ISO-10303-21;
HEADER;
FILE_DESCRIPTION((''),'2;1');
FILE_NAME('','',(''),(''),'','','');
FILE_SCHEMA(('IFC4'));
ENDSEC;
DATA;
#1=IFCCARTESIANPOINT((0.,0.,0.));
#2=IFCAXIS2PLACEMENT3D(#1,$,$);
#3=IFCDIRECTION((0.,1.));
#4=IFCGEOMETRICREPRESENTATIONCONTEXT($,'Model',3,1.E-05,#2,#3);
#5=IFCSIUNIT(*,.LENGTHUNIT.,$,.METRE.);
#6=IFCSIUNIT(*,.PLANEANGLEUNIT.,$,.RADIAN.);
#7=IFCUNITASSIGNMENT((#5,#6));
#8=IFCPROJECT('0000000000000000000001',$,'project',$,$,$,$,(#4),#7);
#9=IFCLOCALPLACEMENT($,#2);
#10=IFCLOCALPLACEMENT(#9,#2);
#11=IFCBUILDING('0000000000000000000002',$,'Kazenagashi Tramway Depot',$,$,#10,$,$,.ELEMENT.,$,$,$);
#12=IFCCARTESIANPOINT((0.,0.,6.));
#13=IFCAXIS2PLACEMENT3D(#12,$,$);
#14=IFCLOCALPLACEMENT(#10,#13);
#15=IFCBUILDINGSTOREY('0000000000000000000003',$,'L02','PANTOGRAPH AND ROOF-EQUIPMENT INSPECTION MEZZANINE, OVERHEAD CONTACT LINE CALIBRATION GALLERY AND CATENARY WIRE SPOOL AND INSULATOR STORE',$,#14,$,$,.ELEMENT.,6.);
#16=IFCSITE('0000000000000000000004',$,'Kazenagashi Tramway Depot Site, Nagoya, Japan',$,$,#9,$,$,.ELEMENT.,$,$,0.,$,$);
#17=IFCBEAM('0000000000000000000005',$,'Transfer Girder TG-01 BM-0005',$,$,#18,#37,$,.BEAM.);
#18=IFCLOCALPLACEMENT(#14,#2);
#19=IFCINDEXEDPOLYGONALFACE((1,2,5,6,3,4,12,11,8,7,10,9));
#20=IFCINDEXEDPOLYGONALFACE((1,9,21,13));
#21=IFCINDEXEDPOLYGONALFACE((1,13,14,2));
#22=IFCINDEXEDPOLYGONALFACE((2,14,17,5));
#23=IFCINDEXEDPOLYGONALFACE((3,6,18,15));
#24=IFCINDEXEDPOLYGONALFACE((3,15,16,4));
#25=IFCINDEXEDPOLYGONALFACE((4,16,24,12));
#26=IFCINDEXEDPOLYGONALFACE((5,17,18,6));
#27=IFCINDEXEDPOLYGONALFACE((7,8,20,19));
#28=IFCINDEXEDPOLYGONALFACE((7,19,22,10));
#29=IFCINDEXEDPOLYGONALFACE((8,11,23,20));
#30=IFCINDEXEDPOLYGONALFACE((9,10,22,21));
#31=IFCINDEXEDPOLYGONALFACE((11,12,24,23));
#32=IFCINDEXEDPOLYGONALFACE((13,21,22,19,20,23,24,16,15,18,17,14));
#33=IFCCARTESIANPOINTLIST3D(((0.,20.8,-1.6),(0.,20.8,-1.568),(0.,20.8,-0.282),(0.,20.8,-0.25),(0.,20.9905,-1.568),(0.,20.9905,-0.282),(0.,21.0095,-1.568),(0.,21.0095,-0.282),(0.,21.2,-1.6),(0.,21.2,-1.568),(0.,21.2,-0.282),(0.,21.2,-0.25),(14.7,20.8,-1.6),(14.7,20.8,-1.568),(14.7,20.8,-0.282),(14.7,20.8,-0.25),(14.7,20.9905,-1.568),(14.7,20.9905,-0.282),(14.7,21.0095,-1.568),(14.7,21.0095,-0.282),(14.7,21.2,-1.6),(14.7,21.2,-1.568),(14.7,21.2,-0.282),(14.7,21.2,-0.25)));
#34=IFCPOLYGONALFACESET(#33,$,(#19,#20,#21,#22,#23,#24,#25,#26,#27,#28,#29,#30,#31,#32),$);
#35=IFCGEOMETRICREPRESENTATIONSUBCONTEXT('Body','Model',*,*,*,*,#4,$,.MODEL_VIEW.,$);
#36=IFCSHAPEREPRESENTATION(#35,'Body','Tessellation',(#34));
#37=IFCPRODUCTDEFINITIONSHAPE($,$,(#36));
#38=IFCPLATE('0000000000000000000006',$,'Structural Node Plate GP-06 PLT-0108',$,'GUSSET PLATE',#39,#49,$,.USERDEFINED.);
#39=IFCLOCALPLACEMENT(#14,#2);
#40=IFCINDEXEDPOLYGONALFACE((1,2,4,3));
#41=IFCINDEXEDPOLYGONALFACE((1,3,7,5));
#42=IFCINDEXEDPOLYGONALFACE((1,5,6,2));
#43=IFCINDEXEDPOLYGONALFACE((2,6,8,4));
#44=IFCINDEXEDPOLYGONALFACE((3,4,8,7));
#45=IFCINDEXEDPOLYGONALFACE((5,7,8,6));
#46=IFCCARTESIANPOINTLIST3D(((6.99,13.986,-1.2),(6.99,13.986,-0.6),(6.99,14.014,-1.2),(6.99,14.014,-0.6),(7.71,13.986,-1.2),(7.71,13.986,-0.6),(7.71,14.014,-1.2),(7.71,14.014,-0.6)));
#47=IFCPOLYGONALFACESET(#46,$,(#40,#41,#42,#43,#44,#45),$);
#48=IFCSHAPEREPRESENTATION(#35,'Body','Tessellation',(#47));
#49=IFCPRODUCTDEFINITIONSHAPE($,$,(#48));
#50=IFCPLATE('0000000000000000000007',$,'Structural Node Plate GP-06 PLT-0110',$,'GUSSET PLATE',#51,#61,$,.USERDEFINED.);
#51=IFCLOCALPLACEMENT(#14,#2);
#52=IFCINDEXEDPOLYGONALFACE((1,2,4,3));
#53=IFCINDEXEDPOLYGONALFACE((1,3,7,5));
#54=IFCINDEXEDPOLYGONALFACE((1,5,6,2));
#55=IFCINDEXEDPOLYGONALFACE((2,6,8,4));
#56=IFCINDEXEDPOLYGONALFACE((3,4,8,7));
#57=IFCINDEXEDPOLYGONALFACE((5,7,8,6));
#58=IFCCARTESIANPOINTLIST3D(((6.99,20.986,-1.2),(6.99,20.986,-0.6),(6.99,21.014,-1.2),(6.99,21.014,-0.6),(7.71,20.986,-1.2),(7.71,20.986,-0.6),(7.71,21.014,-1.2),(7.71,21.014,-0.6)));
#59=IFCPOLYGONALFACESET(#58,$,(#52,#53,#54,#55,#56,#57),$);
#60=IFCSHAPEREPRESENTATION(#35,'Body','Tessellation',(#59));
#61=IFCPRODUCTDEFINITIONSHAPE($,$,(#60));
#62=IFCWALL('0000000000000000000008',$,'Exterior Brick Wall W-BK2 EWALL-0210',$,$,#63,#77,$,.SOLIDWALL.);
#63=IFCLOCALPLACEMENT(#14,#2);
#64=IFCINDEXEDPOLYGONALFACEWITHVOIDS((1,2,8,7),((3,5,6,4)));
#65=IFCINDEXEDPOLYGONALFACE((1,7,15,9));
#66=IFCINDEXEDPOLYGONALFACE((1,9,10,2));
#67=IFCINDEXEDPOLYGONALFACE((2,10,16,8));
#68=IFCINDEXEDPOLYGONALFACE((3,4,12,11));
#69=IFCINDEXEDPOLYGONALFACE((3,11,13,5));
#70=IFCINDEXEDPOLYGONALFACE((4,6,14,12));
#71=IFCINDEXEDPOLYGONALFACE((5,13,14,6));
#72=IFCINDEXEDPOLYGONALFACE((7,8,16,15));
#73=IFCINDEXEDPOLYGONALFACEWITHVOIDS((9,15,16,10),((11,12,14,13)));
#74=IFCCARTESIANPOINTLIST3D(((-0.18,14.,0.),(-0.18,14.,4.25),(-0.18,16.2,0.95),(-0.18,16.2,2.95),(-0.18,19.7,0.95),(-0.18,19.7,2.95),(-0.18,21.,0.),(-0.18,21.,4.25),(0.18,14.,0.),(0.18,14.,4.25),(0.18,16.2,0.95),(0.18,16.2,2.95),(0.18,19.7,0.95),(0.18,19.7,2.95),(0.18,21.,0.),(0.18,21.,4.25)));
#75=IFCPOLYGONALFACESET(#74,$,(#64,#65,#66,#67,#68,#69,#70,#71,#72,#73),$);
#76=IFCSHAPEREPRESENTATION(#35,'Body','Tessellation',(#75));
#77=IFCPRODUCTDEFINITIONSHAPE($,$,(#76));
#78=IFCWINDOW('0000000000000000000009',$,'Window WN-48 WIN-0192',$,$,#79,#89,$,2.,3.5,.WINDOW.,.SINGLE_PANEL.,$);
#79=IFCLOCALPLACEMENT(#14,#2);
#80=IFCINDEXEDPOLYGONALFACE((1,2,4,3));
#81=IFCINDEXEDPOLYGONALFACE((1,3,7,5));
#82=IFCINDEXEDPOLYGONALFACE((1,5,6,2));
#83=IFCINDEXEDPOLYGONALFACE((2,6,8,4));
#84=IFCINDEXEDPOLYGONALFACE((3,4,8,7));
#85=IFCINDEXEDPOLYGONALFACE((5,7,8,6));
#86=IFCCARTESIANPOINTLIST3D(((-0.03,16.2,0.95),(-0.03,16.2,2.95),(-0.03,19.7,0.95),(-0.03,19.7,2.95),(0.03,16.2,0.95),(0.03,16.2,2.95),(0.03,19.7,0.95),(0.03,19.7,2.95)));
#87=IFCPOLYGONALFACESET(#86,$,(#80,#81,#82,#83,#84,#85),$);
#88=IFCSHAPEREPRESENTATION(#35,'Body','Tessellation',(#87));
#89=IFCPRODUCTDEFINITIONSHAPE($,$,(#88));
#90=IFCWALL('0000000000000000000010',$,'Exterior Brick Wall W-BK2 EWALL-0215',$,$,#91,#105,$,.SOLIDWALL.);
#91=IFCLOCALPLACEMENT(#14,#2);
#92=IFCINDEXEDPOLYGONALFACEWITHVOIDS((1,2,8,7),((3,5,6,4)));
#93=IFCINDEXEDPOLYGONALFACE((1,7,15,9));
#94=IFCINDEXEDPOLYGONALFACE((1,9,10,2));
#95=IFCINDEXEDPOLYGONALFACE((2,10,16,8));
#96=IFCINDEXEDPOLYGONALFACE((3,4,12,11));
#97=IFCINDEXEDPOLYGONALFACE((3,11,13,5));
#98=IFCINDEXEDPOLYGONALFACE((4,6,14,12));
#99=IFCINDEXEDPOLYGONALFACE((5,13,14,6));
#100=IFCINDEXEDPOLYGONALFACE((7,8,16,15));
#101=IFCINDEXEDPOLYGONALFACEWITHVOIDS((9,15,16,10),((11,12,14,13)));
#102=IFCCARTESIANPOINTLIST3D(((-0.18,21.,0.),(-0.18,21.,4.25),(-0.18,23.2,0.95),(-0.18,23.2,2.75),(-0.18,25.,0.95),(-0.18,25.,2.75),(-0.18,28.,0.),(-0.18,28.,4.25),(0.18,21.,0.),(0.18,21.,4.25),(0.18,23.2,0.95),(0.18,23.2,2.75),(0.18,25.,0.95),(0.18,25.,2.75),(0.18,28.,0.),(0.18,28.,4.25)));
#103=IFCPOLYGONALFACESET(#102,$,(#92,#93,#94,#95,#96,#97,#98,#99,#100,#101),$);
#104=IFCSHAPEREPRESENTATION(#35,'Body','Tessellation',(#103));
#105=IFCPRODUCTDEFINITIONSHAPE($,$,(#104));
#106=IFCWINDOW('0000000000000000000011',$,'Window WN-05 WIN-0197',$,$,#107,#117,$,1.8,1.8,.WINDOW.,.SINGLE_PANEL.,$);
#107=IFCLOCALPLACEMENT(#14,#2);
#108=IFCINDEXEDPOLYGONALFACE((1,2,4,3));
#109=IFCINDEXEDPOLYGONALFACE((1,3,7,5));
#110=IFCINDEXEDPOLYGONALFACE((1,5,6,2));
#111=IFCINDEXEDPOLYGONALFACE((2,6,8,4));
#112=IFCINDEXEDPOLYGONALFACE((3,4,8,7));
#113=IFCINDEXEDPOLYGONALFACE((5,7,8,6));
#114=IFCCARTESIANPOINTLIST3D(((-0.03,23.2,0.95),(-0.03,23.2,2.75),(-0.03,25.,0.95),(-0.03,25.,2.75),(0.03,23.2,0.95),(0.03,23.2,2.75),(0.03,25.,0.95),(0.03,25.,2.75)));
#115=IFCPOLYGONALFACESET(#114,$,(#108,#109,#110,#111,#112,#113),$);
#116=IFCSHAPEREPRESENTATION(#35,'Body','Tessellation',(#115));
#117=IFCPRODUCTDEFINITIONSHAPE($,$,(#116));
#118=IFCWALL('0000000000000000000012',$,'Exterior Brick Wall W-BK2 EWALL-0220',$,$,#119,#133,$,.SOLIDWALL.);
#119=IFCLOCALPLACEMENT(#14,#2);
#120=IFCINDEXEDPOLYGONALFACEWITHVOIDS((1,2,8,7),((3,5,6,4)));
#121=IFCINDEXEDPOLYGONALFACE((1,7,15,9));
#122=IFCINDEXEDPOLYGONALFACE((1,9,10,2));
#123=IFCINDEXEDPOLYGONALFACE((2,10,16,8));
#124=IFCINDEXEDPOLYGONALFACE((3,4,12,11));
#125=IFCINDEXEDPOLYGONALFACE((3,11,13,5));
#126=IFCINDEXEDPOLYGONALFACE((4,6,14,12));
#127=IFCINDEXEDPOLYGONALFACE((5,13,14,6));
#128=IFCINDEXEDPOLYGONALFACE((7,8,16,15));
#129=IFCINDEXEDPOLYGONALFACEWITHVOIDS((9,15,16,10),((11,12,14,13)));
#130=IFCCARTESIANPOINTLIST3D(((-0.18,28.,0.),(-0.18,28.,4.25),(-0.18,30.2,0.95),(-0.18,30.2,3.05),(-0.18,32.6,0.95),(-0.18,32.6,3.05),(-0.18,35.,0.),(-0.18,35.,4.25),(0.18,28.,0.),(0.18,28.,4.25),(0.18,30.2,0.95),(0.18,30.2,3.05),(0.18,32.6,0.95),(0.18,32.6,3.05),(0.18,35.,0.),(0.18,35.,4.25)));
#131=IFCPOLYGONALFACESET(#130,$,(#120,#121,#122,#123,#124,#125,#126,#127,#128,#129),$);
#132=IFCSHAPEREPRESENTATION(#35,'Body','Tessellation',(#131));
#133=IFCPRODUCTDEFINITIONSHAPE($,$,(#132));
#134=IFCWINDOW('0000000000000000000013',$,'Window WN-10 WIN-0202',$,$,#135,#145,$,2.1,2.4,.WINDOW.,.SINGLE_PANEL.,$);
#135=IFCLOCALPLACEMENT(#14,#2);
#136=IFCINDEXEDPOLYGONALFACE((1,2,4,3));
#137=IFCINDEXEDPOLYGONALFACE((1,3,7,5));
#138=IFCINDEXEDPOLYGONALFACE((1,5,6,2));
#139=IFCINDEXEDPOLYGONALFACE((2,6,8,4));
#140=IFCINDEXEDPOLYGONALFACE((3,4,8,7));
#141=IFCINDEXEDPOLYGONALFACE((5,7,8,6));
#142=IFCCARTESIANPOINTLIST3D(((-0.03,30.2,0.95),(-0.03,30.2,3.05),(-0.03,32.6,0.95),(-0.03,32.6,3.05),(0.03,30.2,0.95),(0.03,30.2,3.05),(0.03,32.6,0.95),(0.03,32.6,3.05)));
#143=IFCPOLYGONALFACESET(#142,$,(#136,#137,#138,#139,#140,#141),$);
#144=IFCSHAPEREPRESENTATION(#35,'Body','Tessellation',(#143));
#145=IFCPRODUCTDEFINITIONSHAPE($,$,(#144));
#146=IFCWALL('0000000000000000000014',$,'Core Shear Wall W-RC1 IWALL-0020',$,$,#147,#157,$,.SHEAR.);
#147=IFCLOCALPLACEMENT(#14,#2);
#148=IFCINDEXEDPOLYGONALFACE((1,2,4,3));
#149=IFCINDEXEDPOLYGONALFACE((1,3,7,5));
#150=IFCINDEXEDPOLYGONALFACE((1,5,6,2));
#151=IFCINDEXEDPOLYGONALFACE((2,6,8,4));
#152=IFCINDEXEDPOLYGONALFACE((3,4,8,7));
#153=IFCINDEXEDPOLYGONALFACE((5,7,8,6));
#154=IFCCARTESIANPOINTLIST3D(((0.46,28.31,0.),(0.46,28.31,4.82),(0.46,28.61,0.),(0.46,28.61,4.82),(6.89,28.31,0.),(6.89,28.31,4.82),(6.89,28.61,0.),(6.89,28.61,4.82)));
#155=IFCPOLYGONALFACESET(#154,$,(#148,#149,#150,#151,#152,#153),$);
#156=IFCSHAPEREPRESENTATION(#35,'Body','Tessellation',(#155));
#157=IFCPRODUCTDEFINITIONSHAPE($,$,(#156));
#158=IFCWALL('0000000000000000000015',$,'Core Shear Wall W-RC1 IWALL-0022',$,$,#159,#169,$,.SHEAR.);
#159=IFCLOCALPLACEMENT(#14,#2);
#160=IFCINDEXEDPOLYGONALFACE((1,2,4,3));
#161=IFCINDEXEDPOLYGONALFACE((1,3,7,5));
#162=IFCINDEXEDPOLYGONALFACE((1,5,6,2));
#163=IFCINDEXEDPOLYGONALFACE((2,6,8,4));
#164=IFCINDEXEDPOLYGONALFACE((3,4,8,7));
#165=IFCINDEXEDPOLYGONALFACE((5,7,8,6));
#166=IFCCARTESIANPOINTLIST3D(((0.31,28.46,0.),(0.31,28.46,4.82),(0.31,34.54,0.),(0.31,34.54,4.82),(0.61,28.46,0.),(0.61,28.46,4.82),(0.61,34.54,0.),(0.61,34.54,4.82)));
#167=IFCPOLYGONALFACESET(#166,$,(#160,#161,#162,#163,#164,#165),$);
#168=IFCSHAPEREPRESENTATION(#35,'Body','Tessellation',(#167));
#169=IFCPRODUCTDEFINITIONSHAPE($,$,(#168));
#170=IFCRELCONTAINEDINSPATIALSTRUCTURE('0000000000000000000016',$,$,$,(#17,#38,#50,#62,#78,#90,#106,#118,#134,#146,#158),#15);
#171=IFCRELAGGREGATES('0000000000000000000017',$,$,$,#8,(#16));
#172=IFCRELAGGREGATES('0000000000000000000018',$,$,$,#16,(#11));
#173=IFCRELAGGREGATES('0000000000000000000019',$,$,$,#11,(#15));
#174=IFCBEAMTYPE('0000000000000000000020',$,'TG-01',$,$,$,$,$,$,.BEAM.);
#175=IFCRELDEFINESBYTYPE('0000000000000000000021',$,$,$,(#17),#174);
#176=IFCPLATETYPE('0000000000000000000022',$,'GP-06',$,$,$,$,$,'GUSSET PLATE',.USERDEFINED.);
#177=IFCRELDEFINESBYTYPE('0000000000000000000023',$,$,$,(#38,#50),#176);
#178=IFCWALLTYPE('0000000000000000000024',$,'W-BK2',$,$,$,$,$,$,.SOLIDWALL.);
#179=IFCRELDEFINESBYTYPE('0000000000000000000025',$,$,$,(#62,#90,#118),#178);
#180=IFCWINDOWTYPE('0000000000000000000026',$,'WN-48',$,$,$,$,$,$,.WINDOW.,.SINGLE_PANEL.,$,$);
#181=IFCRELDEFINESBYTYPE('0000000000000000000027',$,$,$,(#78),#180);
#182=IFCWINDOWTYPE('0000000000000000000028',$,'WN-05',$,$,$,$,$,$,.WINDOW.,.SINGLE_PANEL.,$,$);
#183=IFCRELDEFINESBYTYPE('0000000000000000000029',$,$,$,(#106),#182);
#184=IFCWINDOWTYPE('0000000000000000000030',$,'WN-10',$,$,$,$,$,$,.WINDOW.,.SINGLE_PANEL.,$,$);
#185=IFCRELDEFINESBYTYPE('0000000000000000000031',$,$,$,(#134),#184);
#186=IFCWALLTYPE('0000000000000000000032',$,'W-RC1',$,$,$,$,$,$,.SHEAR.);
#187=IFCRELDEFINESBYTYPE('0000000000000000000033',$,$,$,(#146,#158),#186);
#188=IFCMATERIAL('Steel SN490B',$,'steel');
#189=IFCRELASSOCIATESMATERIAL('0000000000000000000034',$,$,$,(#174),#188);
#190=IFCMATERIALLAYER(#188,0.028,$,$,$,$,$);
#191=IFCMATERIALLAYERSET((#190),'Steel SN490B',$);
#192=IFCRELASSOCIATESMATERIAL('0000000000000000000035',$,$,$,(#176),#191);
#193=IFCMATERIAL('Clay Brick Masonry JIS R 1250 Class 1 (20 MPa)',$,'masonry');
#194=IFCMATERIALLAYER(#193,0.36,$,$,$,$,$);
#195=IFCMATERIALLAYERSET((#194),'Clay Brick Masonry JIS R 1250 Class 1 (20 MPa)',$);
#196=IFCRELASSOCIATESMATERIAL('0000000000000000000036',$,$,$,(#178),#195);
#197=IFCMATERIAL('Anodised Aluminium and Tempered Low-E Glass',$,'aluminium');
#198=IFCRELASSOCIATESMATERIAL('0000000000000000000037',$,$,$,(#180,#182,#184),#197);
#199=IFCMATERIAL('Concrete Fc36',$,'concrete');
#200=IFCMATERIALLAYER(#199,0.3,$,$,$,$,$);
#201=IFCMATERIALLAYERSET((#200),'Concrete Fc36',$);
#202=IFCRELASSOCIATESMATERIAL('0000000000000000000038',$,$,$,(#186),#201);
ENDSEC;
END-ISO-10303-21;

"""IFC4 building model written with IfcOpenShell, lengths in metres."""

from ifc_helpers import new_model, si_unit, direction, frame, frame_2d, origin, origin_2d, place, context, subcontext, project, spatial, rectangle, i_section, extrude, material, layer, layer_set, material_profile, profile_set, type_object, element, fill, save


model = new_model("IFC4")

# Units and contexts
model_context = context("Model", 3, precision=1e-05, world=origin(), true_north=direction((0.0, 1.0)))
body_context = subcontext(model_context, "Body", "Model", "MODEL_VIEW")
ifc_project = project(units=[si_unit("LENGTHUNIT", "METRE"), si_unit("PLANEANGLEUNIT", "RADIAN")], contexts=[model_context])

# Site, building, storey
site_placement = place(None, origin())
site = spatial("IfcSite", under=ifc_project, at=site_placement, Name="Kazenagashi Tramway Depot Site, Nagoya, Japan", CompositionType="ELEMENT", RefElevation=0.0)
building_placement = place(site_placement, origin())
building = spatial("IfcBuilding", under=site, at=building_placement, Name="Kazenagashi Tramway Depot", CompositionType="ELEMENT")
storey_placement = place(building_placement, frame((0.0, 0.0, 6.0)))
storey = spatial("IfcBuildingStorey", under=building, at=storey_placement, Name="L02", Description="PANTOGRAPH AND ROOF-EQUIPMENT INSPECTION MEZZANINE, OVERHEAD CONTACT LINE CALIBRATION GALLERY AND CATENARY WIRE SPOOL AND INSULATOR STORE", CompositionType="ELEMENT", Elevation=6.0)

# Shared definitions
ifc_material_1 = material(Name="Steel SN490B", Category="steel")

# Beam
ifc_material_profile_1 = material_profile(ifc_material_1, i_section(OverallWidth=0.4, OverallDepth=1.35, WebThickness=0.019, FlangeThickness=0.032, at=origin_2d()), Name="BH-1350x400x19x32")
ifc_profile_set_1 = profile_set([ifc_material_profile_1], Name="Steel SN490B")
beam_type_1 = type_object("IfcBeamType", Name="TG-01", PredefinedType="BEAM", material=ifc_profile_set_1)
for number, where, z_axis, x_axis, name in (
    (1, (0.0, 21.0, -0.925), (1.0, 0.0, 0.0), (0.0, 1.0, 0.0), "Transfer Girder TG-01 BM-0005"),
):
    element("IfcBeam", number, at=place(storey_placement, frame(where, z_axis=z_axis, x_axis=x_axis)), inside=storey, type_object=beam_type_1, Name=name, PredefinedType="BEAM", context=body_context, shape_type="SweptSolid", body=[
        extrude(i_section(OverallWidth=0.4, OverallDepth=1.35, WebThickness=0.019, FlangeThickness=0.032, at=origin_2d()), origin(), (0.0, 0.0, 1.0), 14.7),
    ])

# Plates
ifc_layer_1 = layer(ifc_material_1, 0.028)
ifc_layer_set_1 = layer_set([ifc_layer_1], Name="Steel SN490B")
plate_type = type_object("IfcPlateType", Name="GP-06", ElementType="GUSSET PLATE", PredefinedType="USERDEFINED", material=ifc_layer_set_1)
for number, where, z_axis, x_axis, name in (
    (2, (7.35, 14.0, -1.2), (0.0, 0.0, 1.0), (1.0, 0.0, 0.0), "Structural Node Plate GP-06 PLT-0108"),
    (3, (7.35, 21.0, -1.2), (0.0, 0.0, 1.0), (1.0, 0.0, 0.0), "Structural Node Plate GP-06 PLT-0110"),
):
    element("IfcPlate", number, at=place(storey_placement, frame(where, z_axis=z_axis, x_axis=x_axis)), inside=storey, type_object=plate_type, Name=name, ObjectType="GUSSET PLATE", PredefinedType="USERDEFINED", context=body_context, shape_type="SweptSolid", body=[
        extrude(rectangle(XDim=0.72, YDim=0.028, at=origin_2d()), origin(), (0.0, 0.0, 1.0), 0.6),
    ])

# Walls, openings, windows
ifc_material_2 = material(Name="Clay Brick Masonry JIS R 1250 Class 1 (20 MPa)", Category="masonry")
ifc_layer_2 = layer(ifc_material_2, 0.36)
ifc_layer_set_2 = layer_set([ifc_layer_2], Name="Clay Brick Masonry JIS R 1250 Class 1 (20 MPa)")
wall_type_1 = type_object("IfcWallType", Name="W-BK2", PredefinedType="SOLIDWALL", material=ifc_layer_set_2)
wall_1_placement = place(storey_placement, frame((0.0, 14.0, 0.0), z_axis=(0.0, 0.0, 1.0), x_axis=(0.0, 1.0, 0.0)))
wall_1 = element("IfcWall", 4, at=wall_1_placement, inside=storey, type_object=wall_type_1, Name="Exterior Brick Wall W-BK2 EWALL-0210", PredefinedType="SOLIDWALL", context=body_context, shape_type="SweptSolid", body=[
    extrude(rectangle(XDim=7.0, YDim=0.36, at=frame_2d((3.5, 0.0))), origin(), (0.0, 0.0, 1.0), 4.25),
])
opening_1_placement = place(wall_1_placement, frame((2.2, 0.0, 0.95)))
opening_1 = element("IfcOpeningElement", 5, at=opening_1_placement, cuts=wall_1, PredefinedType="OPENING", context=body_context, shape_type="SweptSolid", body=[
    extrude(rectangle(XDim=3.5, YDim=2.0, at=frame_2d((1.75, 1.0))), frame((0.0, 0.19, 0.0), z_axis=(0.0, -1.0, 0.0), x_axis=(1.0, 0.0, 0.0)), (0.0, 0.0, 1.0), 0.38),
])
ifc_material_3 = material(Name="Anodised Aluminium and Tempered Low-E Glass", Category="aluminium")
window_type_1 = type_object("IfcWindowType", Name="WN-48", PartitioningType="SINGLE_PANEL", PredefinedType="WINDOW", material=ifc_material_3)
window_1_placement = place(opening_1_placement, origin())
window_1 = element("IfcWindow", 6, at=window_1_placement, inside=storey, type_object=window_type_1, Name="Window WN-48 WIN-0192", OverallHeight=2.0, OverallWidth=3.5, PartitioningType="SINGLE_PANEL", PredefinedType="WINDOW", context=body_context, shape_type="SweptSolid", body=[
    extrude(rectangle(XDim=3.5, YDim=2.0, at=frame_2d((1.75, 1.0))), frame((0.0, 0.03, 0.0), z_axis=(0.0, -1.0, 0.0), x_axis=(1.0, 0.0, 0.0)), (0.0, 0.0, 1.0), 0.06),
])
fill(opening_1, window_1)
wall_2_placement = place(storey_placement, frame((0.0, 21.0, 0.0), z_axis=(0.0, 0.0, 1.0), x_axis=(0.0, 1.0, 0.0)))
wall_2 = element("IfcWall", 7, at=wall_2_placement, inside=storey, type_object=wall_type_1, Name="Exterior Brick Wall W-BK2 EWALL-0215", PredefinedType="SOLIDWALL", context=body_context, shape_type="SweptSolid", body=[
    extrude(rectangle(XDim=7.0, YDim=0.36, at=frame_2d((3.5, 0.0))), origin(), (0.0, 0.0, 1.0), 4.25),
])
opening_2_placement = place(wall_2_placement, frame((2.2, 0.0, 0.95)))
opening_2 = element("IfcOpeningElement", 8, at=opening_2_placement, cuts=wall_2, PredefinedType="OPENING", context=body_context, shape_type="SweptSolid", body=[
    extrude(rectangle(XDim=1.8, YDim=1.8, at=frame_2d((0.9, 0.9))), frame((0.0, 0.19, 0.0), z_axis=(0.0, -1.0, 0.0), x_axis=(1.0, 0.0, 0.0)), (0.0, 0.0, 1.0), 0.38),
])
window_type_2 = type_object("IfcWindowType", Name="WN-05", PartitioningType="SINGLE_PANEL", PredefinedType="WINDOW", material=ifc_material_3)
window_2_placement = place(opening_2_placement, origin())
window_2 = element("IfcWindow", 9, at=window_2_placement, inside=storey, type_object=window_type_2, Name="Window WN-05 WIN-0197", OverallHeight=1.8, OverallWidth=1.8, PartitioningType="SINGLE_PANEL", PredefinedType="WINDOW", context=body_context, shape_type="SweptSolid", body=[
    extrude(rectangle(XDim=1.8, YDim=1.8, at=frame_2d((0.9, 0.9))), frame((0.0, 0.03, 0.0), z_axis=(0.0, -1.0, 0.0), x_axis=(1.0, 0.0, 0.0)), (0.0, 0.0, 1.0), 0.06),
])
fill(opening_2, window_2)
wall_3_placement = place(storey_placement, frame((0.0, 28.0, 0.0), z_axis=(0.0, 0.0, 1.0), x_axis=(0.0, 1.0, 0.0)))
wall_3 = element("IfcWall", 10, at=wall_3_placement, inside=storey, type_object=wall_type_1, Name="Exterior Brick Wall W-BK2 EWALL-0220", PredefinedType="SOLIDWALL", context=body_context, shape_type="SweptSolid", body=[
    extrude(rectangle(XDim=7.0, YDim=0.36, at=frame_2d((3.5, 0.0))), origin(), (0.0, 0.0, 1.0), 4.25),
])
opening_3_placement = place(wall_3_placement, frame((2.2, 0.0, 0.95)))
opening_3 = element("IfcOpeningElement", 11, at=opening_3_placement, cuts=wall_3, PredefinedType="OPENING", context=body_context, shape_type="SweptSolid", body=[
    extrude(rectangle(XDim=2.4, YDim=2.1, at=frame_2d((1.2, 1.05))), frame((0.0, 0.19, 0.0), z_axis=(0.0, -1.0, 0.0), x_axis=(1.0, 0.0, 0.0)), (0.0, 0.0, 1.0), 0.38),
])
window_type_3 = type_object("IfcWindowType", Name="WN-10", PartitioningType="SINGLE_PANEL", PredefinedType="WINDOW", material=ifc_material_3)
window_3_placement = place(opening_3_placement, origin())
window_3 = element("IfcWindow", 12, at=window_3_placement, inside=storey, type_object=window_type_3, Name="Window WN-10 WIN-0202", OverallHeight=2.1, OverallWidth=2.4, PartitioningType="SINGLE_PANEL", PredefinedType="WINDOW", context=body_context, shape_type="SweptSolid", body=[
    extrude(rectangle(XDim=2.4, YDim=2.1, at=frame_2d((1.2, 1.05))), frame((0.0, 0.03, 0.0), z_axis=(0.0, -1.0, 0.0), x_axis=(1.0, 0.0, 0.0)), (0.0, 0.0, 1.0), 0.06),
])
fill(opening_3, window_3)

# Walls
ifc_material_4 = material(Name="Concrete Fc36", Category="concrete")
ifc_layer_3 = layer(ifc_material_4, 0.3)
ifc_layer_set_3 = layer_set([ifc_layer_3], Name="Concrete Fc36")
wall_type_2 = type_object("IfcWallType", Name="W-RC1", PredefinedType="SHEAR", material=ifc_layer_set_3)
wall_4_placement = place(storey_placement, frame((0.46, 28.46, 0.0), z_axis=(0.0, 0.0, 1.0), x_axis=(1.0, 0.0, 0.0)))
element("IfcWall", 13, at=wall_4_placement, inside=storey, type_object=wall_type_2, Name="Core Shear Wall W-RC1 IWALL-0020", PredefinedType="SHEAR", context=body_context, shape_type="SweptSolid", body=[
    extrude(rectangle(XDim=6.43, YDim=0.3, at=frame_2d((3.215, 0.0))), origin(), (0.0, 0.0, 1.0), 4.82),
])
for number, where, z_axis, x_axis, name in (
    (14, (0.46, 28.46, 0.0), (0.0, 0.0, 1.0), (0.0, 1.0, 0.0), "Core Shear Wall W-RC1 IWALL-0022"),
):
    element("IfcWall", number, at=place(storey_placement, frame(where, z_axis=z_axis, x_axis=x_axis)), inside=storey, type_object=wall_type_2, Name=name, PredefinedType="SHEAR", context=body_context, shape_type="SweptSolid", body=[
        extrude(rectangle(XDim=6.08, YDim=0.3, at=frame_2d((3.04, 0.0))), origin(), (0.0, 0.0, 1.0), 4.82),
    ])

save(model, "model.ifc")
